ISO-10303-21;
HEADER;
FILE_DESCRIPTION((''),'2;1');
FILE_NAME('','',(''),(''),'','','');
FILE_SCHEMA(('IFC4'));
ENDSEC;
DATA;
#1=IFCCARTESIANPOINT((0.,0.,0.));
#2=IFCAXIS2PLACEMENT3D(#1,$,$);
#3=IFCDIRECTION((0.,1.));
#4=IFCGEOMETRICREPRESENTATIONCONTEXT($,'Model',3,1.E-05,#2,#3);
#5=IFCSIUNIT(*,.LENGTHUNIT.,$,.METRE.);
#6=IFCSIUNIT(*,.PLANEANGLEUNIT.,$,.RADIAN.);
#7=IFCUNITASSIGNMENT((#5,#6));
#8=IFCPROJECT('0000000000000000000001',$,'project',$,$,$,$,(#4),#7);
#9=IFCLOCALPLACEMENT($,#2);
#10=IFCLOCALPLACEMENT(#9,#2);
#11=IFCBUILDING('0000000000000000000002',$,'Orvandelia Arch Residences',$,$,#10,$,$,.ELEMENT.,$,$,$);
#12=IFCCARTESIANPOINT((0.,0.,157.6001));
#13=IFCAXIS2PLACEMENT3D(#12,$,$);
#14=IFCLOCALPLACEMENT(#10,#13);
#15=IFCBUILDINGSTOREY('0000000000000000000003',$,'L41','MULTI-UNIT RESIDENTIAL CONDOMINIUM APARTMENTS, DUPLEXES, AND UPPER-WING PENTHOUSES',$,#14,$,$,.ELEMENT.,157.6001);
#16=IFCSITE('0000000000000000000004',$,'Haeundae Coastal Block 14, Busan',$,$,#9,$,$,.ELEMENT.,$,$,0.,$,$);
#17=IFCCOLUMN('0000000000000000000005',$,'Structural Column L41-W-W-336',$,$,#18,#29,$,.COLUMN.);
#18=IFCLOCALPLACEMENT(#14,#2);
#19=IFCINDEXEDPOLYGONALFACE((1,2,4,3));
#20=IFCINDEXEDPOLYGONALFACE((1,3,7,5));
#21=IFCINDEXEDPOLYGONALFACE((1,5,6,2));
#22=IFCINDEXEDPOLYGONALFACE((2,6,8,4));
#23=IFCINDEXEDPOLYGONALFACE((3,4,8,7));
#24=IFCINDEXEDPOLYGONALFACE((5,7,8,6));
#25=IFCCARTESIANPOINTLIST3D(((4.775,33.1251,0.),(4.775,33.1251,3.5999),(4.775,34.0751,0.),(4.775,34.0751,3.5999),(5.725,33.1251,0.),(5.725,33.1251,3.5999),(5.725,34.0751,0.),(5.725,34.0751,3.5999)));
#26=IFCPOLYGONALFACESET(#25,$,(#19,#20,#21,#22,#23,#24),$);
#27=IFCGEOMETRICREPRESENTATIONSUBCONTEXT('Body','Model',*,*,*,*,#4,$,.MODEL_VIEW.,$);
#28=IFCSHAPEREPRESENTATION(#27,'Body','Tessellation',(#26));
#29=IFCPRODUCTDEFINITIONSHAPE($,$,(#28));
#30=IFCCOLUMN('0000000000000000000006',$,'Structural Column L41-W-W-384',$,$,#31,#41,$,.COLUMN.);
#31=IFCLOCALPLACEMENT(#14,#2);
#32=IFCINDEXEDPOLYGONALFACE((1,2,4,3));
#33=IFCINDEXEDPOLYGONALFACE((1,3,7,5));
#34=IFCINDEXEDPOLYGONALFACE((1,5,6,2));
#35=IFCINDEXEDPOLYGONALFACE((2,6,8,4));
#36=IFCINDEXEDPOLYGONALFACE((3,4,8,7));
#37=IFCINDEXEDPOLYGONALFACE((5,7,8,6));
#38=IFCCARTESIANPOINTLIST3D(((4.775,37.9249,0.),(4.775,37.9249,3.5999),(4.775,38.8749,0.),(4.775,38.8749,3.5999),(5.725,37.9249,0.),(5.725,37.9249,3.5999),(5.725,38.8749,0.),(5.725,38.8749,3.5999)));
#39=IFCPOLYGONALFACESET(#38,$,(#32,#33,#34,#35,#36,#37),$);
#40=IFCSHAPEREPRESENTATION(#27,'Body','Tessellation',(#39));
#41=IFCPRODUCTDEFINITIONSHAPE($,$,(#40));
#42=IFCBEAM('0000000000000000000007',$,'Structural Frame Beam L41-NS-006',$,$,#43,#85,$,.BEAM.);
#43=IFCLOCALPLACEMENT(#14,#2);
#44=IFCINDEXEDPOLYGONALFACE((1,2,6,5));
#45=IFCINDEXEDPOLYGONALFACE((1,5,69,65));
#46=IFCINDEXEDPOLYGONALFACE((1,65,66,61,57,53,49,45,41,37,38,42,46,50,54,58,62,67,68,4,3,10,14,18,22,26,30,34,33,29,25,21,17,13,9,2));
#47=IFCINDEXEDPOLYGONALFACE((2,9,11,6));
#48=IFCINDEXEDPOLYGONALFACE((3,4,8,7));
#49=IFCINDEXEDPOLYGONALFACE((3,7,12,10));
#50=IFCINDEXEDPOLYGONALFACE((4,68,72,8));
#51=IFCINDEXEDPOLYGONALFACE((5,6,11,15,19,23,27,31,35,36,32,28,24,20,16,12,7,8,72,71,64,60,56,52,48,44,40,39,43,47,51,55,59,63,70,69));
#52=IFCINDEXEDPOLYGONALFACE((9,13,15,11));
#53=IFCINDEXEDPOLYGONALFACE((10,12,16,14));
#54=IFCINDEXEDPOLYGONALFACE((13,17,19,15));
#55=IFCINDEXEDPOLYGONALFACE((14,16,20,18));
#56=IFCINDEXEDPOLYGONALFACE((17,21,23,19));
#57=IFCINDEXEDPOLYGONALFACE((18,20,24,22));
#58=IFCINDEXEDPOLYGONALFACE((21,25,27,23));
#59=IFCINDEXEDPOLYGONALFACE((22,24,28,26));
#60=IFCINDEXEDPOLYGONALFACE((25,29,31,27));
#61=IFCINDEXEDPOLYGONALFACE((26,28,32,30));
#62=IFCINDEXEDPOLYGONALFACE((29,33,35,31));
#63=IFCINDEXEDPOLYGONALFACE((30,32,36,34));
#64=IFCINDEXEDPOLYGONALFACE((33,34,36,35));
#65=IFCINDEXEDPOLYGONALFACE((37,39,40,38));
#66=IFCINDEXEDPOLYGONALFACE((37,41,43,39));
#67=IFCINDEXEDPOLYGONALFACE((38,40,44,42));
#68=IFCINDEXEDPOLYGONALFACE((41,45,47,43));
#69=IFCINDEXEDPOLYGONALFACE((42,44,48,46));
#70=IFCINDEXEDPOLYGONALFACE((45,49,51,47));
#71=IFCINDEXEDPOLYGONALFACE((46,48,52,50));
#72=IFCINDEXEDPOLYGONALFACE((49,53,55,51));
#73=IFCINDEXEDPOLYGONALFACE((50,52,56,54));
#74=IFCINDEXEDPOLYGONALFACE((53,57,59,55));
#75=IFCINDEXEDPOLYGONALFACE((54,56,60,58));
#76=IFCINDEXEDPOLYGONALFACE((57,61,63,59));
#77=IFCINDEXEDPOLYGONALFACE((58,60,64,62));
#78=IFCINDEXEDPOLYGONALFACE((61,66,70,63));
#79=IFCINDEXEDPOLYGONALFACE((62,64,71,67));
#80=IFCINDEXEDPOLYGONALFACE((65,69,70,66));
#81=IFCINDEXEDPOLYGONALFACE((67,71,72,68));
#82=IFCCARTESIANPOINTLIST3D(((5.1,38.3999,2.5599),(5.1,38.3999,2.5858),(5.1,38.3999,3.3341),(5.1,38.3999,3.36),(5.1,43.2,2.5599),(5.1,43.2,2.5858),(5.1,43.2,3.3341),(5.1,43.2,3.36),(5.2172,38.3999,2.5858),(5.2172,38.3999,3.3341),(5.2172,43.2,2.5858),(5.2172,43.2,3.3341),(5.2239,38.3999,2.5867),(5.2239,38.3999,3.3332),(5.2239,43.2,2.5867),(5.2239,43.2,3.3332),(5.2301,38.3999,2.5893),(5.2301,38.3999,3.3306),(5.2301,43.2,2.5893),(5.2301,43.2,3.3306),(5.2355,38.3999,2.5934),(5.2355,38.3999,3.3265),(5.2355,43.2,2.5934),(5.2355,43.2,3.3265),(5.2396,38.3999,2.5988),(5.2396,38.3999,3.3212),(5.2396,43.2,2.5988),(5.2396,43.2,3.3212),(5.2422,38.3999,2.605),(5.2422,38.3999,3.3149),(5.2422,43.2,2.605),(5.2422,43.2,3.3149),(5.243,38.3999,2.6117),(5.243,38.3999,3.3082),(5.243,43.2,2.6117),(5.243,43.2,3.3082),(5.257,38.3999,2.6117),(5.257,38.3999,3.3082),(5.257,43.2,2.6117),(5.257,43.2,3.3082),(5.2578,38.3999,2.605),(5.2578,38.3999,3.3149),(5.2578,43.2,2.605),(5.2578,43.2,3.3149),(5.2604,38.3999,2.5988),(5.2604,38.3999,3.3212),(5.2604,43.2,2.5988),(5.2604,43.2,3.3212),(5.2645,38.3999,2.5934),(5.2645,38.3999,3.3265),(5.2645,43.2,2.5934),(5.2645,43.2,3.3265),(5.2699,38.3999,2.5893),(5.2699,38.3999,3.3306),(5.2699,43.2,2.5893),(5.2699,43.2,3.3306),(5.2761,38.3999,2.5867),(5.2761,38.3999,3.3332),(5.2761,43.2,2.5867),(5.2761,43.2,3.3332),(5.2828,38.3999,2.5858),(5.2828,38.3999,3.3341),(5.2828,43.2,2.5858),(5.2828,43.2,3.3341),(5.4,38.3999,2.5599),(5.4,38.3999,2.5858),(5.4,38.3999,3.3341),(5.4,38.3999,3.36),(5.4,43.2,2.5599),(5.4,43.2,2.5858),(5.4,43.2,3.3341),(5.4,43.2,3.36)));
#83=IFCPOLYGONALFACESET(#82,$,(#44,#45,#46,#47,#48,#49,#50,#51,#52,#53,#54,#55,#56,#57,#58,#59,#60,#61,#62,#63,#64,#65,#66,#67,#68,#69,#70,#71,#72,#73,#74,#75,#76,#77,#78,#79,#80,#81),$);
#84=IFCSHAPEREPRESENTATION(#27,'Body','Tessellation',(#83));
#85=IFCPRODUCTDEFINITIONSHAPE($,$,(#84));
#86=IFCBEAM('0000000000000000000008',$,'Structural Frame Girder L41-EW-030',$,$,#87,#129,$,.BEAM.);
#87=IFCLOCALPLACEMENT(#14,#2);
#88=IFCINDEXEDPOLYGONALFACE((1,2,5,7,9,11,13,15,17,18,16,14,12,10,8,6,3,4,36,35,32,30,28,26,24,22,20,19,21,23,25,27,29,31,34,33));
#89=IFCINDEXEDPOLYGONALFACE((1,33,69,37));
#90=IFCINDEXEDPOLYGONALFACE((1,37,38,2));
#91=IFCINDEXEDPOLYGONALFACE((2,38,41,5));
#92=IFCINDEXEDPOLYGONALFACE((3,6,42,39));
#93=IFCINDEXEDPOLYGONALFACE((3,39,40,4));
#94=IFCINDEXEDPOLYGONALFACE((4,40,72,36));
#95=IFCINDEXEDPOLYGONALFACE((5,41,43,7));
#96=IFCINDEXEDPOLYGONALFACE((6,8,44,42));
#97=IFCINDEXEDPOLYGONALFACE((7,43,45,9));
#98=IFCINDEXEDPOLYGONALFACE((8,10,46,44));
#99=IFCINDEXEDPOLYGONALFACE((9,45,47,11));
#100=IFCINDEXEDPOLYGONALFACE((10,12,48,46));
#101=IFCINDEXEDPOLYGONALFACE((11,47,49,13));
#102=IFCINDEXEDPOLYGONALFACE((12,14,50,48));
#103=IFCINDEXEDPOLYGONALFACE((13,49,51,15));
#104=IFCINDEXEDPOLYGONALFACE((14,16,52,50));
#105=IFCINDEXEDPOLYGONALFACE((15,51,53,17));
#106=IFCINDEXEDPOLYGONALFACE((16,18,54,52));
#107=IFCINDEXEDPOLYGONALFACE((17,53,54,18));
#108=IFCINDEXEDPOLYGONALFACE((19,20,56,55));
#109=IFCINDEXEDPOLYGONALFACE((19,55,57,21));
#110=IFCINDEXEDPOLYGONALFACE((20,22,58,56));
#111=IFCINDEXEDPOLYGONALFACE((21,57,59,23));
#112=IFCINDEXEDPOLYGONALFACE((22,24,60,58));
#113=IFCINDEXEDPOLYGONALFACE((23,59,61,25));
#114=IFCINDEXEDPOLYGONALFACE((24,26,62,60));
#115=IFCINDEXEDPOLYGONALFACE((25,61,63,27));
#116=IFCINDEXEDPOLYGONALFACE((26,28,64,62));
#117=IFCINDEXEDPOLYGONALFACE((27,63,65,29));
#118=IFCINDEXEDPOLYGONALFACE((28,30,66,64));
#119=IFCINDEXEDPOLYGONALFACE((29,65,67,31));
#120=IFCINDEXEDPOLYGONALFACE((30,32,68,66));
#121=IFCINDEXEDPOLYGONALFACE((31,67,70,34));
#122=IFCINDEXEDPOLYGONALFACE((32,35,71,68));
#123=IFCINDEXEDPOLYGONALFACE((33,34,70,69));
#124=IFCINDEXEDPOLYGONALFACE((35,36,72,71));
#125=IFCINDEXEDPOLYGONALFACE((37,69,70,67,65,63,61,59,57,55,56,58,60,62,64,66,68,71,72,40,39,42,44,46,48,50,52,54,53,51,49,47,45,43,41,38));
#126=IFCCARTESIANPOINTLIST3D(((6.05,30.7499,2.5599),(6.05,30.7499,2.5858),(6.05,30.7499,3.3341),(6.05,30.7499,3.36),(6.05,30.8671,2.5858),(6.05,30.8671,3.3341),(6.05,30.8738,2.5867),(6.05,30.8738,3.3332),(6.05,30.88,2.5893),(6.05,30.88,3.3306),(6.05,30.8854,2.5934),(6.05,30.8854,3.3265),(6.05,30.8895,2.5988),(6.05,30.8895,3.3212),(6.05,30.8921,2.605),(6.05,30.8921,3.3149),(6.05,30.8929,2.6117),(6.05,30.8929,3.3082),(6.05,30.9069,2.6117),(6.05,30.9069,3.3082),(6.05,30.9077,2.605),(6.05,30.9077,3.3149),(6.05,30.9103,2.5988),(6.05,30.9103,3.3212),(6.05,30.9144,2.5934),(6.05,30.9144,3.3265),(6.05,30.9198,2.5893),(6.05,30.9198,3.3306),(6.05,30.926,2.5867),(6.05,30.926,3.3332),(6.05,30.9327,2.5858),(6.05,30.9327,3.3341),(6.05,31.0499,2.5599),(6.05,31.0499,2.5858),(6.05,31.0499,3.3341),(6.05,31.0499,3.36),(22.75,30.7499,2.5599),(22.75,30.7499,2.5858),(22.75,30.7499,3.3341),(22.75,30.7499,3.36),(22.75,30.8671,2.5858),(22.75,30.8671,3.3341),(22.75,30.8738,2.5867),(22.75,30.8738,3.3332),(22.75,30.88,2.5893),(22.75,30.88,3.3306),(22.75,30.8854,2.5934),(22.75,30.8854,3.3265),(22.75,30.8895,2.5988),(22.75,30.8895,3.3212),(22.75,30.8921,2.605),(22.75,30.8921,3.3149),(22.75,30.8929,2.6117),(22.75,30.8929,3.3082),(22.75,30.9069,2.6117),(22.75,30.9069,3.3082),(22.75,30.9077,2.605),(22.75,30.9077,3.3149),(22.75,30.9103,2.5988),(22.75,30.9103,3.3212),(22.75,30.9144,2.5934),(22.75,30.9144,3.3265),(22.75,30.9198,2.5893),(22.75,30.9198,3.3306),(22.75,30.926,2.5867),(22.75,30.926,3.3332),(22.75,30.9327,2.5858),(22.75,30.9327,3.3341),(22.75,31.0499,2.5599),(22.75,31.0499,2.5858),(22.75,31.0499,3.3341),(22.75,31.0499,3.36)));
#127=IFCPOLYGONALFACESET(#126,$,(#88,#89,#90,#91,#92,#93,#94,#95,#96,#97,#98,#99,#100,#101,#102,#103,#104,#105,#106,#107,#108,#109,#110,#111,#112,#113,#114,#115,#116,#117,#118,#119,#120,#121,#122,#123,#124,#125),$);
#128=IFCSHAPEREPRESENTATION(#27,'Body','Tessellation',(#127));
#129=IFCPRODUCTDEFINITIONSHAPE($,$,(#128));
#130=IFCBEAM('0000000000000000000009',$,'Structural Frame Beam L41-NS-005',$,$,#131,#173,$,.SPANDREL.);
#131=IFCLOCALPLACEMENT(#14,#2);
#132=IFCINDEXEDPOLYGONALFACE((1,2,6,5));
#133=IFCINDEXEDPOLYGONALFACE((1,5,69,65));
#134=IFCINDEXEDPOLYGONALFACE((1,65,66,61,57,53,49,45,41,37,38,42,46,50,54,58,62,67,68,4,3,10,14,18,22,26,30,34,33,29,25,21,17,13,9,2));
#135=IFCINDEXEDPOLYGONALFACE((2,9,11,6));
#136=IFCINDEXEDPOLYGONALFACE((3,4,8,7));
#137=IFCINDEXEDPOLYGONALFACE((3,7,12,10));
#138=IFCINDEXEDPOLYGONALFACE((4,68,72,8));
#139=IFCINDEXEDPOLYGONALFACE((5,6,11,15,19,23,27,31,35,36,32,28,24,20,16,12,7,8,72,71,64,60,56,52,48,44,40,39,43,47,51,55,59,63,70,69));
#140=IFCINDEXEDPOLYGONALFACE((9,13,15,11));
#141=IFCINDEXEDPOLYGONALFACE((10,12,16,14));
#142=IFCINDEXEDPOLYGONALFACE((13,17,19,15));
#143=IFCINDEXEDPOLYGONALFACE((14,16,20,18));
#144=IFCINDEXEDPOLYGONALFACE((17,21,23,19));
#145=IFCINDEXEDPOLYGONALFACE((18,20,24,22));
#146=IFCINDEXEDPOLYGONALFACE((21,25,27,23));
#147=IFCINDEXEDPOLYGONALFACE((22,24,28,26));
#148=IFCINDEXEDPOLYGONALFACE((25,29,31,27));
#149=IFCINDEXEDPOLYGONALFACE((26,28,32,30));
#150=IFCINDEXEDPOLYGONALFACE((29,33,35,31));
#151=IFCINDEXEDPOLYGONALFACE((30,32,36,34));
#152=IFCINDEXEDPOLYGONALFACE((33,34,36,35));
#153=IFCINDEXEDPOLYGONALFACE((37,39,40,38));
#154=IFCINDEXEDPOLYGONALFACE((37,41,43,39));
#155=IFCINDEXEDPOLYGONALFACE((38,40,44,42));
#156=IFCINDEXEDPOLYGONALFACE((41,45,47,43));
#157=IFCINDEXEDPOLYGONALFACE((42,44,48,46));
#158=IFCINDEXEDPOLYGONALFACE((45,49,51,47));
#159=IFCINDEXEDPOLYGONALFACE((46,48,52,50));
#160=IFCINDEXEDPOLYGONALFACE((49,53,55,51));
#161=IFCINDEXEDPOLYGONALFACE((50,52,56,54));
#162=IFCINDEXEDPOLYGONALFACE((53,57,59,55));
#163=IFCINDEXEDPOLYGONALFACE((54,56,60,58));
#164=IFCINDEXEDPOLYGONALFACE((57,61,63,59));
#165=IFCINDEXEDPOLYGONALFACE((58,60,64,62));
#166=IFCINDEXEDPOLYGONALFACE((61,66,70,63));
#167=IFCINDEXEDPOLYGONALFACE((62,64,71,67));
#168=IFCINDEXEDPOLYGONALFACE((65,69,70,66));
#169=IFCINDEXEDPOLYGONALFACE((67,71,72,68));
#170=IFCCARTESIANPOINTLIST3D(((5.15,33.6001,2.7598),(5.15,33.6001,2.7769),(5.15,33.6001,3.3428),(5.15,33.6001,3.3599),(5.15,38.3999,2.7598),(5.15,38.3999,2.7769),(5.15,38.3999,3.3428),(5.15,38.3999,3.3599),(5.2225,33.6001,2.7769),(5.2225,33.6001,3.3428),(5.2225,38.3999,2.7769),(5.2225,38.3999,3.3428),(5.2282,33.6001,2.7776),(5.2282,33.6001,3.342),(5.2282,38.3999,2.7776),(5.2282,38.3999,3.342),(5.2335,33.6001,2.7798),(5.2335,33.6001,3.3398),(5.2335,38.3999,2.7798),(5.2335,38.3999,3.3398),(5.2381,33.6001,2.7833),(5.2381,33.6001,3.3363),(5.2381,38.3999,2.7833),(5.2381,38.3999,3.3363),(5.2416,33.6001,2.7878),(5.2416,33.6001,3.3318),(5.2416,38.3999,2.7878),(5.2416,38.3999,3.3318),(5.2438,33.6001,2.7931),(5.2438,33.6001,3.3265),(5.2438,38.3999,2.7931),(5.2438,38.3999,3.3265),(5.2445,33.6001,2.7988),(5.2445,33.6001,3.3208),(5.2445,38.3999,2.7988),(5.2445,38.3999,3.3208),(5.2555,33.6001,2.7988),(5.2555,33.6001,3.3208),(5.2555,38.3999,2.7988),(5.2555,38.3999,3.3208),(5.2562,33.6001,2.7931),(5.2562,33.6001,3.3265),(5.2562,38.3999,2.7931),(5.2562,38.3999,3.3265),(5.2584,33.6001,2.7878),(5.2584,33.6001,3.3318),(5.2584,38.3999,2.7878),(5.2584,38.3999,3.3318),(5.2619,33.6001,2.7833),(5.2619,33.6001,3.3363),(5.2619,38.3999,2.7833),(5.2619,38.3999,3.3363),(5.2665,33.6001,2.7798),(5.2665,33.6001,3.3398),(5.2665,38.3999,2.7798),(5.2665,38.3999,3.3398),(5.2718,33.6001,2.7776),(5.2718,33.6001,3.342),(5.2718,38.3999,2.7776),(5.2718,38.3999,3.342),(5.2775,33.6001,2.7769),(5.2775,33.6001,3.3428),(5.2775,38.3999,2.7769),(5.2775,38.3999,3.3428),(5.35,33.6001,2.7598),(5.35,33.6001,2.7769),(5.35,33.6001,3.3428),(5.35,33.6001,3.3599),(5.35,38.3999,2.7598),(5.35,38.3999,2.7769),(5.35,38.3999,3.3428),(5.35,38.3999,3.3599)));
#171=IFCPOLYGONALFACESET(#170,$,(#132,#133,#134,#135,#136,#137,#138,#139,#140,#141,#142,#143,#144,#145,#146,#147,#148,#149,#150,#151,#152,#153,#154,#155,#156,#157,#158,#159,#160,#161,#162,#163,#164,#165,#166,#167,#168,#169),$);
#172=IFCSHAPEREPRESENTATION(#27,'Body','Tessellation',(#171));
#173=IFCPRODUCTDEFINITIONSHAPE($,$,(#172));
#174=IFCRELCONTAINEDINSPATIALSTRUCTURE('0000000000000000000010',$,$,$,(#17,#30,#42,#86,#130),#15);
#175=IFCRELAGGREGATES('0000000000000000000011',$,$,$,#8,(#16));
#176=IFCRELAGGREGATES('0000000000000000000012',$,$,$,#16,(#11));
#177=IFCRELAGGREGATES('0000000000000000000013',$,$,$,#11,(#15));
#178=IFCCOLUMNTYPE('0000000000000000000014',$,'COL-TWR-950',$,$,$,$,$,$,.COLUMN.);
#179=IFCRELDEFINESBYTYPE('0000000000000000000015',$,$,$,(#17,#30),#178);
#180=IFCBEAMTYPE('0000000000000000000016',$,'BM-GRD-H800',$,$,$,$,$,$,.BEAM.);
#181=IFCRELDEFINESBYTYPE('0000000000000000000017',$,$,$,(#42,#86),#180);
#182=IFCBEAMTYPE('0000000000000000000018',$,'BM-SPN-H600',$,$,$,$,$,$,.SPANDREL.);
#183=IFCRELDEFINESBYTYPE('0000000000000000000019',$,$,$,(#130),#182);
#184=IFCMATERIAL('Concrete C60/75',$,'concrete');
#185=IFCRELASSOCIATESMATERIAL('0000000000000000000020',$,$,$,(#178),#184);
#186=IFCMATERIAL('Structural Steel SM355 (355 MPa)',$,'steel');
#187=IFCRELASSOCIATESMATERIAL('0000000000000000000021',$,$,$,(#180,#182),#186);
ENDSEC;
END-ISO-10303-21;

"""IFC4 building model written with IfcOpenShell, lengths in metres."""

from ifc_helpers import new_model, si_unit, direction, frame, origin, origin_2d, place, context, subcontext, project, spatial, rectangle, i_section, extrude, material, material_profile, profile_set, type_object, element, save


model = new_model("IFC4")

# Units and contexts
model_context = context("Model", 3, precision=1e-05, world=origin(), true_north=direction((0.0, 1.0)))
body_context = subcontext(model_context, "Body", "Model", "MODEL_VIEW")
ifc_project = project(units=[si_unit("LENGTHUNIT", "METRE"), si_unit("PLANEANGLEUNIT", "RADIAN")], contexts=[model_context])

# Site, building, storey
site_placement = place(None, origin())
site = spatial("IfcSite", under=ifc_project, at=site_placement, Name="Haeundae Coastal Block 14, Busan", CompositionType="ELEMENT", RefElevation=0.0)
building_placement = place(site_placement, origin())
building = spatial("IfcBuilding", under=site, at=building_placement, Name="Orvandelia Arch Residences", CompositionType="ELEMENT")
storey_placement = place(building_placement, frame((0.0, 0.0, 157.6001)))
storey = spatial("IfcBuildingStorey", under=building, at=storey_placement, Name="L41", Description="MULTI-UNIT RESIDENTIAL CONDOMINIUM APARTMENTS, DUPLEXES, AND UPPER-WING PENTHOUSES", CompositionType="ELEMENT", Elevation=157.6001)

# Columns
ifc_material_1 = material(Name="Concrete C60/75", Category="concrete")
ifc_material_profile_1 = material_profile(ifc_material_1, rectangle(XDim=0.95, YDim=0.95, at=origin_2d()), Name="Concrete C60/75", Category="concrete")
ifc_profile_set_1 = profile_set([ifc_material_profile_1], Name="Concrete C60/75")
column_type = type_object("IfcColumnType", Name="COL-TWR-950", PredefinedType="COLUMN", material=ifc_profile_set_1)
for number, where, z_axis, x_axis, name in (
    (1, (5.25, 33.6001, 0.0), (0.0, 0.0, 1.0), (1.0, 0.0, 0.0), "Structural Column L41-W-W-336"),
    (2, (5.25, 38.3999, 0.0), (0.0, 0.0, 1.0), (1.0, 0.0, 0.0), "Structural Column L41-W-W-384"),
):
    element("IfcColumn", number, at=place(storey_placement, frame(where, z_axis=z_axis, x_axis=x_axis)), inside=storey, type_object=column_type, Name=name, PredefinedType="COLUMN", context=body_context, shape_type="SweptSolid", body=[
        extrude(rectangle(XDim=0.95, YDim=0.95, at=origin_2d()), origin(), (0.0, 0.0, 1.0), 3.5999),
    ])

# Beams
ifc_material_2 = material(Name="Structural Steel SM355 (355 MPa)", Category="steel")
ifc_material_profile_2 = material_profile(ifc_material_2, i_section(OverallWidth=0.3, OverallDepth=0.8, WebThickness=0.0139, FlangeThickness=0.0259, FilletRadius=0.0259, at=origin_2d()), Name="Structural Steel SM355 (355 MPa)", Category="steel")
ifc_profile_set_2 = profile_set([ifc_material_profile_2], Name="Structural Steel SM355 (355 MPa)")
beam_type_1 = type_object("IfcBeamType", Name="BM-GRD-H800", PredefinedType="BEAM", material=ifc_profile_set_2)
beam_1_placement = place(storey_placement, frame((5.25, 38.3999, 2.96), z_axis=(0.0, 1.0, 0.0), x_axis=(-1.0, 0.0, 0.0)))
element("IfcBeam", 3, at=beam_1_placement, inside=storey, type_object=beam_type_1, Name="Structural Frame Beam L41-NS-006", PredefinedType="BEAM", context=body_context, shape_type="SweptSolid", body=[
    extrude(i_section(OverallWidth=0.3, OverallDepth=0.8, WebThickness=0.0139, FlangeThickness=0.0259, FilletRadius=0.0259, at=origin_2d()), origin(), (0.0, 0.0, 1.0), 4.8),
])
beam_2_placement = place(storey_placement, frame((6.05, 30.8999, 2.96), z_axis=(1.0, 0.0, 0.0), x_axis=(0.0, 1.0, 0.0)))
element("IfcBeam", 4, at=beam_2_placement, inside=storey, type_object=beam_type_1, Name="Structural Frame Girder L41-EW-030", PredefinedType="BEAM", context=body_context, shape_type="SweptSolid", body=[
    extrude(i_section(OverallWidth=0.3, OverallDepth=0.8, WebThickness=0.0139, FlangeThickness=0.0259, FilletRadius=0.0259, at=origin_2d()), origin(), (0.0, 0.0, 1.0), 16.7),
])
ifc_material_profile_3 = material_profile(ifc_material_2, i_section(OverallWidth=0.2, OverallDepth=0.6001, WebThickness=0.011, FlangeThickness=0.0171, FilletRadius=0.022, at=origin_2d()), Name="Structural Steel SM355 (355 MPa)", Category="steel")
ifc_profile_set_3 = profile_set([ifc_material_profile_3], Name="Structural Steel SM355 (355 MPa)")
beam_type_2 = type_object("IfcBeamType", Name="BM-SPN-H600", PredefinedType="SPANDREL", material=ifc_profile_set_3)
beam_3_placement = place(storey_placement, frame((5.25, 33.6001, 3.0598), z_axis=(0.0, 1.0, 0.0), x_axis=(-1.0, 0.0, 0.0)))
element("IfcBeam", 5, at=beam_3_placement, inside=storey, type_object=beam_type_2, Name="Structural Frame Beam L41-NS-005", PredefinedType="SPANDREL", context=body_context, shape_type="SweptSolid", body=[
    extrude(i_section(OverallWidth=0.2, OverallDepth=0.6001, WebThickness=0.011, FlangeThickness=0.0171, FilletRadius=0.022, at=origin_2d()), origin(), (0.0, 0.0, 1.0), 4.7998),
])

save(model, "model.ifc")
